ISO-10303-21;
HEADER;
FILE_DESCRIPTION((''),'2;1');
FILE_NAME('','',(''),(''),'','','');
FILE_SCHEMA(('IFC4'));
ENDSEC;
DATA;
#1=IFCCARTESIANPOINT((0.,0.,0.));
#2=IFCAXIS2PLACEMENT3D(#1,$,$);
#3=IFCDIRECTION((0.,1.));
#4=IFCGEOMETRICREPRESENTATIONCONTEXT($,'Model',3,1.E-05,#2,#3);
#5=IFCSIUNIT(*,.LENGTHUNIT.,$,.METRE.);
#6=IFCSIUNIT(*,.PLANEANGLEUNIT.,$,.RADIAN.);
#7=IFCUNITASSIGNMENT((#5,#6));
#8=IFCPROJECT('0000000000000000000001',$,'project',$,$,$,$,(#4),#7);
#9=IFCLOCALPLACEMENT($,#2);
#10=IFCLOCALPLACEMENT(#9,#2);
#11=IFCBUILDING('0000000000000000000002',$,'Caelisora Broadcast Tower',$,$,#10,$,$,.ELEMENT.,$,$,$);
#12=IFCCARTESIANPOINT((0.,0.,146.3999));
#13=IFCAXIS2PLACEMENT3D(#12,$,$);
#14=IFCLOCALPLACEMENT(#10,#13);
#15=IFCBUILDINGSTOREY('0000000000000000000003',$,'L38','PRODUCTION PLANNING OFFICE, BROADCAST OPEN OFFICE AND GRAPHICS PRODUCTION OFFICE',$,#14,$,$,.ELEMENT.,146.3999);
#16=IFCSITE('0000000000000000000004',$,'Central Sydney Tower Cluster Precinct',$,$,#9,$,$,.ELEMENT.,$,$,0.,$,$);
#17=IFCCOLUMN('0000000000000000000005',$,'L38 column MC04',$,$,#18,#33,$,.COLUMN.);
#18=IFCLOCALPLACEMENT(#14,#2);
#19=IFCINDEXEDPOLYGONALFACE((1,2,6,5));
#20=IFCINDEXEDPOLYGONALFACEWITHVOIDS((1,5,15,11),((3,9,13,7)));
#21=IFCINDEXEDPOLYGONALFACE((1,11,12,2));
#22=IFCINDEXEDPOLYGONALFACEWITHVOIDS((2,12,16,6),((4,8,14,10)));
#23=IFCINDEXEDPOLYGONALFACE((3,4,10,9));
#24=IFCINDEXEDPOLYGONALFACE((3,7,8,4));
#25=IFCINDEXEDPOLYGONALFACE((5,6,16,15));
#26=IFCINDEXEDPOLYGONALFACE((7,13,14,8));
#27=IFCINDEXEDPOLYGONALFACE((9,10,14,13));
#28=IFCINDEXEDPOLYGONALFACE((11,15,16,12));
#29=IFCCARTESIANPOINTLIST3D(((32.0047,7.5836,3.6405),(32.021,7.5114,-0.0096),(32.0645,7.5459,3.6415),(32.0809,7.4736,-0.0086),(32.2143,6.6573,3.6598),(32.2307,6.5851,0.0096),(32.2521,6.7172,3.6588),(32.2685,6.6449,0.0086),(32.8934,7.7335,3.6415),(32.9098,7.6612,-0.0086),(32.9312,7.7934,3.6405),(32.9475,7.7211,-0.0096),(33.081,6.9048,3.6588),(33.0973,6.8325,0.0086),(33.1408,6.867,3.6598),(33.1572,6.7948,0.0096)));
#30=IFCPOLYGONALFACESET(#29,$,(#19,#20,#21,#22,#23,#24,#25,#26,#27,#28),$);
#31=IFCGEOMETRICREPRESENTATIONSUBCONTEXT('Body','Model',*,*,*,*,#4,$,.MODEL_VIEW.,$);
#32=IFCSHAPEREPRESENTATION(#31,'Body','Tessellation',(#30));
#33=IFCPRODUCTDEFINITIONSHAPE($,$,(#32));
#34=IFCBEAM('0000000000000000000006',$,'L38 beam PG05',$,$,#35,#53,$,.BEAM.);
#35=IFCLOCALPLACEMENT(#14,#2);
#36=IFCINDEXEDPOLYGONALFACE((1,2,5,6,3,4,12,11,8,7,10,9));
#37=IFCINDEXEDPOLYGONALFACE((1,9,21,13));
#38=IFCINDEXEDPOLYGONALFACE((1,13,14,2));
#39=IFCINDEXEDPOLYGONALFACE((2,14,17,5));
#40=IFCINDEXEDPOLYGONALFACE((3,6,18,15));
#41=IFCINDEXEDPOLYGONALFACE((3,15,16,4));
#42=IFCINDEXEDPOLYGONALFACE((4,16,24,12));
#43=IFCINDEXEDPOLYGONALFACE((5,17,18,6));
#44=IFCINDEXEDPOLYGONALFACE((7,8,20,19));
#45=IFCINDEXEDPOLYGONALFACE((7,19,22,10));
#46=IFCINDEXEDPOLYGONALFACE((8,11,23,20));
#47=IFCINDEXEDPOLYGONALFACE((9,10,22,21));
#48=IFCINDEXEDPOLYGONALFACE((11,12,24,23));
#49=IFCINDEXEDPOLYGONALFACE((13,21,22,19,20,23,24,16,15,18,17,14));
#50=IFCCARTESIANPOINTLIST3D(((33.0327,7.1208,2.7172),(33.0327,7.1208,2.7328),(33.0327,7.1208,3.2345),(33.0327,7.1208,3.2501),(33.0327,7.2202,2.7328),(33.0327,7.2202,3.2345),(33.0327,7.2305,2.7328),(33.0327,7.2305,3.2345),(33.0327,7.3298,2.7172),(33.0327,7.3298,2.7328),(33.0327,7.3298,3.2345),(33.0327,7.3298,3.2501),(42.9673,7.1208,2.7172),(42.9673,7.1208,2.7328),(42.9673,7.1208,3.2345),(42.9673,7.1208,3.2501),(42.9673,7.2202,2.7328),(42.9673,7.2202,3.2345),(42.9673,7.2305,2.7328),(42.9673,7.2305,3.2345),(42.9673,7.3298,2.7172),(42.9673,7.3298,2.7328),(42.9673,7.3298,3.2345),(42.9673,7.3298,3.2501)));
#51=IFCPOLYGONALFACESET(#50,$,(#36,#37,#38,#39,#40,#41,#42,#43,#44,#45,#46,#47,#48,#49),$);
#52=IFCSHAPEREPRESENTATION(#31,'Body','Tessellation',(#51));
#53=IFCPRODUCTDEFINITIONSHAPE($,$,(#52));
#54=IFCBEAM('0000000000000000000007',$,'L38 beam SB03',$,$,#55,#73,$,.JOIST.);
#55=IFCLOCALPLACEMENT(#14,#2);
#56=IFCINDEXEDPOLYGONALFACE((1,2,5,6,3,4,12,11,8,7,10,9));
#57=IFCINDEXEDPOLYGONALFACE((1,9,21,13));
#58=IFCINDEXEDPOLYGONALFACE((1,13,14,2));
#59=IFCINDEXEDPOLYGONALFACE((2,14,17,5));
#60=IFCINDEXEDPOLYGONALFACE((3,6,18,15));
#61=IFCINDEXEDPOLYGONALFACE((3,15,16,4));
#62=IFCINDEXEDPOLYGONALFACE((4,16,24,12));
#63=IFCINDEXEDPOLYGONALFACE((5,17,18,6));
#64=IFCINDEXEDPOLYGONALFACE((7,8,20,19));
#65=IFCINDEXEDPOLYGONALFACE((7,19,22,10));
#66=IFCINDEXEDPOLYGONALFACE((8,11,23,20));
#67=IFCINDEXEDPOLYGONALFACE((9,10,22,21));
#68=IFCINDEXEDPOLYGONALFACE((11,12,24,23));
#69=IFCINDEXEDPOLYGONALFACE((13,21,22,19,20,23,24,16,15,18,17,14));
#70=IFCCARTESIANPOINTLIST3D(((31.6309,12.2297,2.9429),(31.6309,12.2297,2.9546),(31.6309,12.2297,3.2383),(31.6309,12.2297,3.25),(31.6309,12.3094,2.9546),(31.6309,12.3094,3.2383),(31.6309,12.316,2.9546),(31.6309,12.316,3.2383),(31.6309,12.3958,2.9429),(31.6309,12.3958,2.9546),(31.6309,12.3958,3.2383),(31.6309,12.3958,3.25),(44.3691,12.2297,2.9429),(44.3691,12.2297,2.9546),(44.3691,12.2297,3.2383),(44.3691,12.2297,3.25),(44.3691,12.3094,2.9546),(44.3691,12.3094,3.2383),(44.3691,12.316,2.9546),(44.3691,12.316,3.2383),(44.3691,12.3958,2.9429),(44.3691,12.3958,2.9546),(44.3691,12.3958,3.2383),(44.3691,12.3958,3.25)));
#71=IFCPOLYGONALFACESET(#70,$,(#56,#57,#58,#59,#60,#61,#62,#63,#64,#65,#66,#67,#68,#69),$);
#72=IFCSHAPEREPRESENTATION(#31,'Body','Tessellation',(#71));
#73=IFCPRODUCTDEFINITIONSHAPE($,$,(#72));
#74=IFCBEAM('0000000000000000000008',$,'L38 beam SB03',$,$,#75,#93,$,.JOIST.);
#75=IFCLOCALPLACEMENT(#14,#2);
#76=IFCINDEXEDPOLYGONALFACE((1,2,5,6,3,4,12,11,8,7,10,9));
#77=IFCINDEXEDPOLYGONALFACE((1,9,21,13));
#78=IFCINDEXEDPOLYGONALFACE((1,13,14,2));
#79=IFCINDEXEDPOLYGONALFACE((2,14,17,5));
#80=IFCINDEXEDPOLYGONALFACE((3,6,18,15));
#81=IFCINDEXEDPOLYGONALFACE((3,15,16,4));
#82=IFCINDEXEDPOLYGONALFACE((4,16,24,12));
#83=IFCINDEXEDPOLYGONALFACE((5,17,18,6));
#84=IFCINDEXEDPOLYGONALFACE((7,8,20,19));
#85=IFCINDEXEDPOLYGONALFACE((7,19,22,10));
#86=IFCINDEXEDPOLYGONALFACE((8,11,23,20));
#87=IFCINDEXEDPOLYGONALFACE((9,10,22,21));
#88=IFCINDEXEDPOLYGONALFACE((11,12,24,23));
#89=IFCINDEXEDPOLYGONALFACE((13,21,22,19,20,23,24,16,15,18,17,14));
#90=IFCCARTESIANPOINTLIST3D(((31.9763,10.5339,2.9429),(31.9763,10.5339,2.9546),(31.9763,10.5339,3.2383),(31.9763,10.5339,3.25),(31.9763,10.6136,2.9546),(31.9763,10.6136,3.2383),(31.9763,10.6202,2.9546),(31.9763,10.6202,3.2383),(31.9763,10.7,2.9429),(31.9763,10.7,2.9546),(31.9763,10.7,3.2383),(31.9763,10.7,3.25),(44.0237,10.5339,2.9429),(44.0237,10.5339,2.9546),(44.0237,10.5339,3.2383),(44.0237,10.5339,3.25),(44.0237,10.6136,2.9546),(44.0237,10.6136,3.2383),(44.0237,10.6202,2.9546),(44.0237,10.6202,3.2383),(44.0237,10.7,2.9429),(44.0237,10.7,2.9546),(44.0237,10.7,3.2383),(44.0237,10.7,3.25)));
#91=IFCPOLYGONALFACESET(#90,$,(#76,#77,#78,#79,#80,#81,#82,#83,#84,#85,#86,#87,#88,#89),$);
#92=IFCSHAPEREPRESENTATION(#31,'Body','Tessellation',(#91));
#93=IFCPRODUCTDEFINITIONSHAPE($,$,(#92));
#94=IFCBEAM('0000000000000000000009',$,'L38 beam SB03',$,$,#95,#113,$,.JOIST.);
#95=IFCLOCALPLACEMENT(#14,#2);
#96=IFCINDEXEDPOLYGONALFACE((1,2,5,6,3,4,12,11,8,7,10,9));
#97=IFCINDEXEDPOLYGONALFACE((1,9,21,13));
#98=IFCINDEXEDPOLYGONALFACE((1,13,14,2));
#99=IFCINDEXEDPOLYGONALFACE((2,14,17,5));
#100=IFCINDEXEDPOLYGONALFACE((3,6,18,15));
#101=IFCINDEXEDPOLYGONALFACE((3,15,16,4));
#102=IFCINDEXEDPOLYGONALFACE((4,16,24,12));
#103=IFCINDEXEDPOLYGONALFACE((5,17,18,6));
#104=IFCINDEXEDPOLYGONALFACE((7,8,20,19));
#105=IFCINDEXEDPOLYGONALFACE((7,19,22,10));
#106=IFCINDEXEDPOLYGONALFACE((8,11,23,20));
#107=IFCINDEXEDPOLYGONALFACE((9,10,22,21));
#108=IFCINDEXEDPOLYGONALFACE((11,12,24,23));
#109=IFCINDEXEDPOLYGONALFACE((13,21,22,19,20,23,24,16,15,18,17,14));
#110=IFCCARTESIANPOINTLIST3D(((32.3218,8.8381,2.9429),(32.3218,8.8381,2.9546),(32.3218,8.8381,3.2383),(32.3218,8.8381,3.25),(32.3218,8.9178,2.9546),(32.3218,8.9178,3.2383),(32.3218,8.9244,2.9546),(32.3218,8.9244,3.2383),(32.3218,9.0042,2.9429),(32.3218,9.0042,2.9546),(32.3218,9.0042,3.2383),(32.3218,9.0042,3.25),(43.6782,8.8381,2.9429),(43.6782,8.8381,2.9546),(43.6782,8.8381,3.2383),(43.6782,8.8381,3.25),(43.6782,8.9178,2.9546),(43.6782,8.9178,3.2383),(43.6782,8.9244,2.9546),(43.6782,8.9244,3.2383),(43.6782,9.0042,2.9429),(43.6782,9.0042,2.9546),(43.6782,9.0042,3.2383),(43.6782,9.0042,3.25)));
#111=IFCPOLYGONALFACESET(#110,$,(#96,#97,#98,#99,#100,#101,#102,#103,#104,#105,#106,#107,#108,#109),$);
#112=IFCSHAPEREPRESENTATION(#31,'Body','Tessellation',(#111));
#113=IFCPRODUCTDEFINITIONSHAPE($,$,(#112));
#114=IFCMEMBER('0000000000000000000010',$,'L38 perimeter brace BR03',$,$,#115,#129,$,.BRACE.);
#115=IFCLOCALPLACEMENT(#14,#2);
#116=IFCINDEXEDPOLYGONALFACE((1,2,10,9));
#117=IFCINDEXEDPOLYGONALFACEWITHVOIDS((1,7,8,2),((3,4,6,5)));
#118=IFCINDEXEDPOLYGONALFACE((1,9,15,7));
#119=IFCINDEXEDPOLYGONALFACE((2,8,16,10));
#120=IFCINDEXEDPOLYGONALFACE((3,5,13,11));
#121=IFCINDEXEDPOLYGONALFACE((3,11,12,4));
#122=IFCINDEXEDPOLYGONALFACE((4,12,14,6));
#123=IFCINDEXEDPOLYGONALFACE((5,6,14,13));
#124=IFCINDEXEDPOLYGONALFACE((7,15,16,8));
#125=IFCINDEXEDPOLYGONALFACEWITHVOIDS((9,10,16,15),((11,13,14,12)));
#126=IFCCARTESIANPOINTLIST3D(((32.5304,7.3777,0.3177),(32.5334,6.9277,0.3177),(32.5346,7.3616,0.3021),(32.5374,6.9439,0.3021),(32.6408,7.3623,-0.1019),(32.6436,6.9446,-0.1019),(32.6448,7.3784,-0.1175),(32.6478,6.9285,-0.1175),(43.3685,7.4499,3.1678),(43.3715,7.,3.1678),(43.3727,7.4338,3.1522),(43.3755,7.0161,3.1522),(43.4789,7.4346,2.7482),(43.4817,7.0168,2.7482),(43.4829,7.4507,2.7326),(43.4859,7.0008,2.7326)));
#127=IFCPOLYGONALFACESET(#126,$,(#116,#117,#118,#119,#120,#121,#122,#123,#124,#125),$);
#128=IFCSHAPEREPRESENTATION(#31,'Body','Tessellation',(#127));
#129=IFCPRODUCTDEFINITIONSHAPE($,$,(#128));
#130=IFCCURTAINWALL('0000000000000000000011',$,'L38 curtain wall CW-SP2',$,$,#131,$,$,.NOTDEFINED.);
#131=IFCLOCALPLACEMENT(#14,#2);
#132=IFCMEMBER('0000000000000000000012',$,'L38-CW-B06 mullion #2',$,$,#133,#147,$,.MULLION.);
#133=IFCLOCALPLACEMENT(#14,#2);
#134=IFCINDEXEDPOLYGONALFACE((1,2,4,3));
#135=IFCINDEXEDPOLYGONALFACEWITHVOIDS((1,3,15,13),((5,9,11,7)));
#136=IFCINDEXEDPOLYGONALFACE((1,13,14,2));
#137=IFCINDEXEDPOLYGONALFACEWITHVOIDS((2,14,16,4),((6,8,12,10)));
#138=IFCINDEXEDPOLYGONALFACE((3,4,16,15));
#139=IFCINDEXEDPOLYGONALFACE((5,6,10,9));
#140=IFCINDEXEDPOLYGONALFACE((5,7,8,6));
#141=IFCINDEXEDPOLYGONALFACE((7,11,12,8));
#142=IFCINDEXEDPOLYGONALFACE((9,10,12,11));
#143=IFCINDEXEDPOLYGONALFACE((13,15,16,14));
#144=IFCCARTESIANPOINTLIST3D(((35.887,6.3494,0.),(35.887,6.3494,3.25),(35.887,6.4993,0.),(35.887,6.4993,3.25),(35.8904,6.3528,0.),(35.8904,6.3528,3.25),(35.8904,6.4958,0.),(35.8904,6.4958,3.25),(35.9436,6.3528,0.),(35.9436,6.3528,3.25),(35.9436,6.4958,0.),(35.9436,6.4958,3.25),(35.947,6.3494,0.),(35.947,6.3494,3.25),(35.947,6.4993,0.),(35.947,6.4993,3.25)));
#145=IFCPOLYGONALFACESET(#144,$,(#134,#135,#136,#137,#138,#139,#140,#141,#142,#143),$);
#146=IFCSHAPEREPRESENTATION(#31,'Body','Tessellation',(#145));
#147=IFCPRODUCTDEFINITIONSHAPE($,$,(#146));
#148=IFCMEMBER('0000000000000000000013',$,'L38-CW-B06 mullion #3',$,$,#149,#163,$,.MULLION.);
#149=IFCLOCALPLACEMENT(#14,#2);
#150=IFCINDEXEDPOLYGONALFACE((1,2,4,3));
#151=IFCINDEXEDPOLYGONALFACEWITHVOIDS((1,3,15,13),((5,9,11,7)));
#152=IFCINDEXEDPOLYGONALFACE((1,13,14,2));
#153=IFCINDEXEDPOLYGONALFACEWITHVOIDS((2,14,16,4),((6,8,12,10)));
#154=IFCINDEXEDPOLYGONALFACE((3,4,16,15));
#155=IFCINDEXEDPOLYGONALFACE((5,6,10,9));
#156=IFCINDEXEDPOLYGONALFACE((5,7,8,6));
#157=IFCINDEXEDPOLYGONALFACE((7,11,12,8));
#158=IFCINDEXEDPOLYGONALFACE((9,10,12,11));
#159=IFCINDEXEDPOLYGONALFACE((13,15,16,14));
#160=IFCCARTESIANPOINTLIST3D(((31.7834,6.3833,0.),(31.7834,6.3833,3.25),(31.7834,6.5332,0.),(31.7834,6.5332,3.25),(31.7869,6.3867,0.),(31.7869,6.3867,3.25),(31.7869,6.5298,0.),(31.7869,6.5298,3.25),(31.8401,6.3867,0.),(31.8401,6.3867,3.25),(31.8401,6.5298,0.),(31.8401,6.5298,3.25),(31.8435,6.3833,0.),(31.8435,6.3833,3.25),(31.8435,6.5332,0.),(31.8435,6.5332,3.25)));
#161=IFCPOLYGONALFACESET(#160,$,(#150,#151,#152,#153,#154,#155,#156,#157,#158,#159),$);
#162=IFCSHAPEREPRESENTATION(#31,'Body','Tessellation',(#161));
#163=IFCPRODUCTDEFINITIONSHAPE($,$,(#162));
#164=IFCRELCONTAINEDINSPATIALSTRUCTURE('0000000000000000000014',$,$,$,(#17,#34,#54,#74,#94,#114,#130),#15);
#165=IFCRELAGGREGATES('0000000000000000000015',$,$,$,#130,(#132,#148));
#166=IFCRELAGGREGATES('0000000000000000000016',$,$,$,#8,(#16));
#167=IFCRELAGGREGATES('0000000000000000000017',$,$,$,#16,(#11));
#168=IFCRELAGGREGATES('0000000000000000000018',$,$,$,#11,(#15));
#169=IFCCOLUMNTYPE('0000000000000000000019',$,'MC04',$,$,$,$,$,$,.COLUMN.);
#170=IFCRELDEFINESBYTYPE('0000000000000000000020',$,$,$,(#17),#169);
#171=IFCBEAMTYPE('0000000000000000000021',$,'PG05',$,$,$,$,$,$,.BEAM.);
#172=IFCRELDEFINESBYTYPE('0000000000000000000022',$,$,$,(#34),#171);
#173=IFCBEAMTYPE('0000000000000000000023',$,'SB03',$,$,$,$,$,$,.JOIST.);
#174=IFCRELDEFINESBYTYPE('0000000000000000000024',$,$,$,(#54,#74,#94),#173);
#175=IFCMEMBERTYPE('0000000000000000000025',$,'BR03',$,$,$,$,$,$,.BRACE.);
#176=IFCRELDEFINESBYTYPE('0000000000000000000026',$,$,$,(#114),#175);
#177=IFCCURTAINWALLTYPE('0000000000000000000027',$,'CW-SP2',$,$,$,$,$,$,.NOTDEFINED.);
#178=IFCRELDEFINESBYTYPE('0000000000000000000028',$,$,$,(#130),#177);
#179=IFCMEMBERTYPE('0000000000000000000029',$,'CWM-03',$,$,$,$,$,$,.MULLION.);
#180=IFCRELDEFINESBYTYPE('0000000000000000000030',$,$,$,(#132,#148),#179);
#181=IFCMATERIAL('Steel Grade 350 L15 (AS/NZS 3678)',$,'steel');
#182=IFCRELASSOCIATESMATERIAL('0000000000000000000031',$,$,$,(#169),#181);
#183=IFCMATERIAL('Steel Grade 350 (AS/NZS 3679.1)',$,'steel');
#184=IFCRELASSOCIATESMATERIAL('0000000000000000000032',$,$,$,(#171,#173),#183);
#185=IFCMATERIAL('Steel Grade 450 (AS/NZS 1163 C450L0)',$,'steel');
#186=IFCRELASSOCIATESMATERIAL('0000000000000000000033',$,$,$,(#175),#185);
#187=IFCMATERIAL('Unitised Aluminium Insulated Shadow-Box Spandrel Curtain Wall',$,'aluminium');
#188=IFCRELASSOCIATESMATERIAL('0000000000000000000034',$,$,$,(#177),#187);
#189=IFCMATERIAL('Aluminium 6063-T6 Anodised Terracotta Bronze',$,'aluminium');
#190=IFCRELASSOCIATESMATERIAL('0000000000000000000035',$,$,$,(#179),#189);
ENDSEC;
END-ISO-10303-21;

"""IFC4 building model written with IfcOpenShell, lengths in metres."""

from ifc_helpers import new_model, si_unit, direction, frame, origin, origin_2d, place, context, subcontext, project, spatial, hollow_rectangle, i_section, extrude, source, transform, mapped, material, material_profile, profile_set, type_object, type_shapes, element, aggregate, save


model = new_model("IFC4")

# Units and contexts
model_context = context("Model", 3, precision=1e-05, world=origin(), true_north=direction((0.0, 1.0)))
body_context = subcontext(model_context, "Body", "Model", "MODEL_VIEW")
ifc_project = project(units=[si_unit("LENGTHUNIT", "METRE"), si_unit("PLANEANGLEUNIT", "RADIAN")], contexts=[model_context])

# Site, building, storey
site_placement = place(None, origin())
site = spatial("IfcSite", under=ifc_project, at=site_placement, Name="Central Sydney Tower Cluster Precinct", CompositionType="ELEMENT", RefElevation=0.0)
building_placement = place(site_placement, origin())
building = spatial("IfcBuilding", under=site, at=building_placement, Name="Caelisora Broadcast Tower", CompositionType="ELEMENT")
storey_placement = place(building_placement, frame((0.0, 0.0, 146.3999)))
storey = spatial("IfcBuildingStorey", under=building, at=storey_placement, Name="L38", Description="PRODUCTION PLANNING OFFICE, BROADCAST OPEN OFFICE AND GRAPHICS PRODUCTION OFFICE", CompositionType="ELEMENT", Elevation=146.3999)

# Column
ifc_material_1 = material(Name="Steel Grade 350 L15 (AS/NZS 3678)", Category="steel")
ifc_material_profile_1 = material_profile(ifc_material_1, hollow_rectangle(XDim=0.95, YDim=0.95, WallThickness=0.05, at=origin_2d()), Name="Steel Grade 350 L15 (AS/NZS 3678)")
ifc_profile_set_1 = profile_set([ifc_material_profile_1], Name="Steel Grade 350 L15 (AS/NZS 3678)")
column_type = type_object("IfcColumnType", Name="MC04", PredefinedType="COLUMN", material=ifc_profile_set_1)
shared_shape_1 = source(origin(), body_context, "Body", "SweptSolid", [
    extrude(hollow_rectangle(XDim=0.95, YDim=0.95, WallThickness=0.05, at=origin_2d()), origin(), (0.0, 0.0, 1.0), 3.6509),
])
type_shapes(column_type, [shared_shape_1])
column_placement = place(storey_placement, frame((32.5891, 7.1531, 0.0), z_axis=(-0.00448, 0.019794, 0.999794), x_axis=(-0.975327, -0.220767, 0.0)))
element("IfcColumn", 1, at=column_placement, inside=storey, type_object=column_type, Name="L38 column MC04", PredefinedType="COLUMN", context=body_context, shape_type="MappedRepresentation", body=[
    mapped(shared_shape_1, transform((0.0, 0.0, 0.0), scale=1.0)),
])

# Beams
ifc_material_2 = material(Name="Steel Grade 350 (AS/NZS 3679.1)", Category="steel")
ifc_material_profile_2 = material_profile(ifc_material_2, i_section(OverallWidth=0.209, OverallDepth=0.533, WebThickness=0.0103, FlangeThickness=0.0156, at=origin_2d()), Name="Steel Grade 350 (AS/NZS 3679.1)")
ifc_profile_set_2 = profile_set([ifc_material_profile_2], Name="Steel Grade 350 (AS/NZS 3679.1)")
beam_type_1 = type_object("IfcBeamType", Name="PG05", PredefinedType="BEAM", material=ifc_profile_set_2)
shared_shape_2 = source(origin(), body_context, "Body", "SweptSolid", [
    extrude(i_section(OverallWidth=0.209, OverallDepth=0.533, WebThickness=0.0103, FlangeThickness=0.0156, at=origin_2d()), origin(), (0.0, 0.0, 1.0), 9.9346),
])
type_shapes(beam_type_1, [shared_shape_2])
beam_1_placement = place(storey_placement, frame((33.0327, 7.2253, 2.9836), z_axis=(1.0, 0.0, 0.0), x_axis=(0.0, 1.0, 0.0)))
element("IfcBeam", 2, at=beam_1_placement, inside=storey, type_object=beam_type_1, Name="L38 beam PG05", PredefinedType="BEAM", context=body_context, shape_type="MappedRepresentation", body=[
    mapped(shared_shape_2, transform((0.0, 0.0, 0.0), scale=1.0)),
])
ifc_material_profile_3 = material_profile(ifc_material_2, i_section(OverallWidth=0.166, OverallDepth=0.3071, WebThickness=0.0066, FlangeThickness=0.0117, at=origin_2d()), Name="Steel Grade 350 (AS/NZS 3679.1)")
ifc_profile_set_3 = profile_set([ifc_material_profile_3], Name="Steel Grade 350 (AS/NZS 3679.1)")
beam_type_2 = type_object("IfcBeamType", Name="SB03", PredefinedType="JOIST", material=ifc_profile_set_3)
shared_shape_3 = source(origin(), body_context, "Body", "SweptSolid", [
    extrude(i_section(OverallWidth=0.166, OverallDepth=0.3071, WebThickness=0.0066, FlangeThickness=0.0117, at=origin_2d()), origin(), (0.0, 0.0, 1.0), 12.7383),
])
beam_2_placement = place(storey_placement, frame((31.6309, 12.3127, 3.0964), z_axis=(1.0, 0.0, 0.0), x_axis=(0.0, 1.0, 0.0)))
element("IfcBeam", 3, at=beam_2_placement, inside=storey, type_object=beam_type_2, Name="L38 beam SB03", PredefinedType="JOIST", context=body_context, shape_type="MappedRepresentation", body=[
    mapped(shared_shape_3, transform((0.0, 0.0, 0.0), scale=1.0)),
])
shared_shape_4 = source(origin(), body_context, "Body", "SweptSolid", [
    extrude(i_section(OverallWidth=0.166, OverallDepth=0.3071, WebThickness=0.0066, FlangeThickness=0.0117, at=origin_2d()), origin(), (0.0, 0.0, 1.0), 12.0474),
])
beam_3_placement = place(storey_placement, frame((31.9763, 10.6169, 3.0964), z_axis=(1.0, 0.0, 0.0), x_axis=(0.0, 1.0, 0.0)))
element("IfcBeam", 4, at=beam_3_placement, inside=storey, type_object=beam_type_2, Name="L38 beam SB03", PredefinedType="JOIST", context=body_context, shape_type="MappedRepresentation", body=[
    mapped(shared_shape_4, transform((0.0, 0.0, 0.0), scale=1.0)),
])
shared_shape_5 = source(origin(), body_context, "Body", "SweptSolid", [
    extrude(i_section(OverallWidth=0.166, OverallDepth=0.3071, WebThickness=0.0066, FlangeThickness=0.0117, at=origin_2d()), origin(), (0.0, 0.0, 1.0), 11.3564),
])
type_shapes(beam_type_2, [shared_shape_3, shared_shape_4, shared_shape_5])
beam_4_placement = place(storey_placement, frame((32.3218, 8.9211, 3.0964), z_axis=(1.0, 0.0, 0.0), x_axis=(0.0, 1.0, 0.0)))
element("IfcBeam", 5, at=beam_4_placement, inside=storey, type_object=beam_type_2, Name="L38 beam SB03", PredefinedType="JOIST", context=body_context, shape_type="MappedRepresentation", body=[
    mapped(shared_shape_5, transform((0.0, 0.0, 0.0), scale=1.0)),
])

# Member
ifc_material_3 = material(Name="Steel Grade 450 (AS/NZS 1163 C450L0)", Category="steel")
ifc_material_profile_4 = material_profile(ifc_material_3, hollow_rectangle(XDim=0.45, YDim=0.45, WallThickness=0.0161, at=origin_2d()), Name="Steel Grade 450 (AS/NZS 1163 C450L0)")
ifc_profile_set_4 = profile_set([ifc_material_profile_4], Name="Steel Grade 450 (AS/NZS 1163 C450L0)")
member_type_1 = type_object("IfcMemberType", Name="BR03", PredefinedType="BRACE", material=ifc_profile_set_4)
shared_shape_6 = source(origin(), body_context, "Body", "SweptSolid", [
    extrude(hollow_rectangle(XDim=0.45, YDim=0.45, WallThickness=0.0161, at=origin_2d()), origin(), (0.0, 0.0, 1.0), 11.2068),
])
type_shapes(member_type_1, [shared_shape_6])
member_1_placement = place(storey_placement, frame((32.5891, 7.1531, 0.1001), z_axis=(0.967099, 0.006448, 0.254318), x_axis=(-0.006668, 0.999978, 0.0)))
element("IfcMember", 6, at=member_1_placement, inside=storey, type_object=member_type_1, Name="L38 perimeter brace BR03", PredefinedType="BRACE", context=body_context, shape_type="MappedRepresentation", body=[
    mapped(shared_shape_6, transform((0.0, 0.0, 0.0), scale=1.0)),
])

# Curtain wall, members
ifc_material_4 = material(Name="Unitised Aluminium Insulated Shadow-Box Spandrel Curtain Wall", Category="aluminium")
curtain_wall_type_1 = type_object("IfcCurtainWallType", Name="CW-SP2", PredefinedType="NOTDEFINED", material=ifc_material_4)
curtain_wall_1_placement = place(storey_placement, origin())
curtain_wall_1 = element("IfcCurtainWall", 7, at=curtain_wall_1_placement, inside=storey, type_object=curtain_wall_type_1, Name="L38 curtain wall CW-SP2", PredefinedType="NOTDEFINED")
ifc_material_5 = material(Name="Aluminium 6063-T6 Anodised Terracotta Bronze", Category="aluminium")
ifc_material_profile_5 = material_profile(ifc_material_5, hollow_rectangle(XDim=0.0601, YDim=0.1499, WallThickness=0.0034, at=origin_2d()), Name="Aluminium 6063-T6 Anodised Terracotta Bronze")
ifc_profile_set_5 = profile_set([ifc_material_profile_5], Name="Aluminium 6063-T6 Anodised Terracotta Bronze")
member_type_2 = type_object("IfcMemberType", Name="CWM-03", PredefinedType="MULLION", material=ifc_profile_set_5)
shared_shape_7 = source(origin(), body_context, "Body", "SweptSolid", [
    extrude(hollow_rectangle(XDim=0.0601, YDim=0.1499, WallThickness=0.0034, at=origin_2d()), origin(), (0.0, 0.0, 1.0), 3.25),
])
type_shapes(member_type_2, [shared_shape_7])
member_2_placement = place(storey_placement, frame((35.917, 6.4243, 0.0), z_axis=(0.0, 0.0, 1.0), x_axis=(1.0, 0.0, 0.0)))
member_2 = element("IfcMember", 8, at=member_2_placement, type_object=member_type_2, Name="L38-CW-B06 mullion #2", PredefinedType="MULLION", context=body_context, shape_type="MappedRepresentation", body=[
    mapped(shared_shape_7, transform((0.0, 0.0, 0.0), scale=1.0)),
])
member_3_placement = place(storey_placement, frame((31.8135, 6.4583, 0.0), z_axis=(0.0, 0.0, 1.0), x_axis=(1.0, 0.0, 0.0)))
member_3 = element("IfcMember", 9, at=member_3_placement, type_object=member_type_2, Name="L38-CW-B06 mullion #3", PredefinedType="MULLION", context=body_context, shape_type="MappedRepresentation", body=[
    mapped(shared_shape_7, transform((0.0, 0.0, 0.0), scale=1.0)),
])

aggregate(curtain_wall_1, [member_2, member_3])

save(model, "model.ifc")
